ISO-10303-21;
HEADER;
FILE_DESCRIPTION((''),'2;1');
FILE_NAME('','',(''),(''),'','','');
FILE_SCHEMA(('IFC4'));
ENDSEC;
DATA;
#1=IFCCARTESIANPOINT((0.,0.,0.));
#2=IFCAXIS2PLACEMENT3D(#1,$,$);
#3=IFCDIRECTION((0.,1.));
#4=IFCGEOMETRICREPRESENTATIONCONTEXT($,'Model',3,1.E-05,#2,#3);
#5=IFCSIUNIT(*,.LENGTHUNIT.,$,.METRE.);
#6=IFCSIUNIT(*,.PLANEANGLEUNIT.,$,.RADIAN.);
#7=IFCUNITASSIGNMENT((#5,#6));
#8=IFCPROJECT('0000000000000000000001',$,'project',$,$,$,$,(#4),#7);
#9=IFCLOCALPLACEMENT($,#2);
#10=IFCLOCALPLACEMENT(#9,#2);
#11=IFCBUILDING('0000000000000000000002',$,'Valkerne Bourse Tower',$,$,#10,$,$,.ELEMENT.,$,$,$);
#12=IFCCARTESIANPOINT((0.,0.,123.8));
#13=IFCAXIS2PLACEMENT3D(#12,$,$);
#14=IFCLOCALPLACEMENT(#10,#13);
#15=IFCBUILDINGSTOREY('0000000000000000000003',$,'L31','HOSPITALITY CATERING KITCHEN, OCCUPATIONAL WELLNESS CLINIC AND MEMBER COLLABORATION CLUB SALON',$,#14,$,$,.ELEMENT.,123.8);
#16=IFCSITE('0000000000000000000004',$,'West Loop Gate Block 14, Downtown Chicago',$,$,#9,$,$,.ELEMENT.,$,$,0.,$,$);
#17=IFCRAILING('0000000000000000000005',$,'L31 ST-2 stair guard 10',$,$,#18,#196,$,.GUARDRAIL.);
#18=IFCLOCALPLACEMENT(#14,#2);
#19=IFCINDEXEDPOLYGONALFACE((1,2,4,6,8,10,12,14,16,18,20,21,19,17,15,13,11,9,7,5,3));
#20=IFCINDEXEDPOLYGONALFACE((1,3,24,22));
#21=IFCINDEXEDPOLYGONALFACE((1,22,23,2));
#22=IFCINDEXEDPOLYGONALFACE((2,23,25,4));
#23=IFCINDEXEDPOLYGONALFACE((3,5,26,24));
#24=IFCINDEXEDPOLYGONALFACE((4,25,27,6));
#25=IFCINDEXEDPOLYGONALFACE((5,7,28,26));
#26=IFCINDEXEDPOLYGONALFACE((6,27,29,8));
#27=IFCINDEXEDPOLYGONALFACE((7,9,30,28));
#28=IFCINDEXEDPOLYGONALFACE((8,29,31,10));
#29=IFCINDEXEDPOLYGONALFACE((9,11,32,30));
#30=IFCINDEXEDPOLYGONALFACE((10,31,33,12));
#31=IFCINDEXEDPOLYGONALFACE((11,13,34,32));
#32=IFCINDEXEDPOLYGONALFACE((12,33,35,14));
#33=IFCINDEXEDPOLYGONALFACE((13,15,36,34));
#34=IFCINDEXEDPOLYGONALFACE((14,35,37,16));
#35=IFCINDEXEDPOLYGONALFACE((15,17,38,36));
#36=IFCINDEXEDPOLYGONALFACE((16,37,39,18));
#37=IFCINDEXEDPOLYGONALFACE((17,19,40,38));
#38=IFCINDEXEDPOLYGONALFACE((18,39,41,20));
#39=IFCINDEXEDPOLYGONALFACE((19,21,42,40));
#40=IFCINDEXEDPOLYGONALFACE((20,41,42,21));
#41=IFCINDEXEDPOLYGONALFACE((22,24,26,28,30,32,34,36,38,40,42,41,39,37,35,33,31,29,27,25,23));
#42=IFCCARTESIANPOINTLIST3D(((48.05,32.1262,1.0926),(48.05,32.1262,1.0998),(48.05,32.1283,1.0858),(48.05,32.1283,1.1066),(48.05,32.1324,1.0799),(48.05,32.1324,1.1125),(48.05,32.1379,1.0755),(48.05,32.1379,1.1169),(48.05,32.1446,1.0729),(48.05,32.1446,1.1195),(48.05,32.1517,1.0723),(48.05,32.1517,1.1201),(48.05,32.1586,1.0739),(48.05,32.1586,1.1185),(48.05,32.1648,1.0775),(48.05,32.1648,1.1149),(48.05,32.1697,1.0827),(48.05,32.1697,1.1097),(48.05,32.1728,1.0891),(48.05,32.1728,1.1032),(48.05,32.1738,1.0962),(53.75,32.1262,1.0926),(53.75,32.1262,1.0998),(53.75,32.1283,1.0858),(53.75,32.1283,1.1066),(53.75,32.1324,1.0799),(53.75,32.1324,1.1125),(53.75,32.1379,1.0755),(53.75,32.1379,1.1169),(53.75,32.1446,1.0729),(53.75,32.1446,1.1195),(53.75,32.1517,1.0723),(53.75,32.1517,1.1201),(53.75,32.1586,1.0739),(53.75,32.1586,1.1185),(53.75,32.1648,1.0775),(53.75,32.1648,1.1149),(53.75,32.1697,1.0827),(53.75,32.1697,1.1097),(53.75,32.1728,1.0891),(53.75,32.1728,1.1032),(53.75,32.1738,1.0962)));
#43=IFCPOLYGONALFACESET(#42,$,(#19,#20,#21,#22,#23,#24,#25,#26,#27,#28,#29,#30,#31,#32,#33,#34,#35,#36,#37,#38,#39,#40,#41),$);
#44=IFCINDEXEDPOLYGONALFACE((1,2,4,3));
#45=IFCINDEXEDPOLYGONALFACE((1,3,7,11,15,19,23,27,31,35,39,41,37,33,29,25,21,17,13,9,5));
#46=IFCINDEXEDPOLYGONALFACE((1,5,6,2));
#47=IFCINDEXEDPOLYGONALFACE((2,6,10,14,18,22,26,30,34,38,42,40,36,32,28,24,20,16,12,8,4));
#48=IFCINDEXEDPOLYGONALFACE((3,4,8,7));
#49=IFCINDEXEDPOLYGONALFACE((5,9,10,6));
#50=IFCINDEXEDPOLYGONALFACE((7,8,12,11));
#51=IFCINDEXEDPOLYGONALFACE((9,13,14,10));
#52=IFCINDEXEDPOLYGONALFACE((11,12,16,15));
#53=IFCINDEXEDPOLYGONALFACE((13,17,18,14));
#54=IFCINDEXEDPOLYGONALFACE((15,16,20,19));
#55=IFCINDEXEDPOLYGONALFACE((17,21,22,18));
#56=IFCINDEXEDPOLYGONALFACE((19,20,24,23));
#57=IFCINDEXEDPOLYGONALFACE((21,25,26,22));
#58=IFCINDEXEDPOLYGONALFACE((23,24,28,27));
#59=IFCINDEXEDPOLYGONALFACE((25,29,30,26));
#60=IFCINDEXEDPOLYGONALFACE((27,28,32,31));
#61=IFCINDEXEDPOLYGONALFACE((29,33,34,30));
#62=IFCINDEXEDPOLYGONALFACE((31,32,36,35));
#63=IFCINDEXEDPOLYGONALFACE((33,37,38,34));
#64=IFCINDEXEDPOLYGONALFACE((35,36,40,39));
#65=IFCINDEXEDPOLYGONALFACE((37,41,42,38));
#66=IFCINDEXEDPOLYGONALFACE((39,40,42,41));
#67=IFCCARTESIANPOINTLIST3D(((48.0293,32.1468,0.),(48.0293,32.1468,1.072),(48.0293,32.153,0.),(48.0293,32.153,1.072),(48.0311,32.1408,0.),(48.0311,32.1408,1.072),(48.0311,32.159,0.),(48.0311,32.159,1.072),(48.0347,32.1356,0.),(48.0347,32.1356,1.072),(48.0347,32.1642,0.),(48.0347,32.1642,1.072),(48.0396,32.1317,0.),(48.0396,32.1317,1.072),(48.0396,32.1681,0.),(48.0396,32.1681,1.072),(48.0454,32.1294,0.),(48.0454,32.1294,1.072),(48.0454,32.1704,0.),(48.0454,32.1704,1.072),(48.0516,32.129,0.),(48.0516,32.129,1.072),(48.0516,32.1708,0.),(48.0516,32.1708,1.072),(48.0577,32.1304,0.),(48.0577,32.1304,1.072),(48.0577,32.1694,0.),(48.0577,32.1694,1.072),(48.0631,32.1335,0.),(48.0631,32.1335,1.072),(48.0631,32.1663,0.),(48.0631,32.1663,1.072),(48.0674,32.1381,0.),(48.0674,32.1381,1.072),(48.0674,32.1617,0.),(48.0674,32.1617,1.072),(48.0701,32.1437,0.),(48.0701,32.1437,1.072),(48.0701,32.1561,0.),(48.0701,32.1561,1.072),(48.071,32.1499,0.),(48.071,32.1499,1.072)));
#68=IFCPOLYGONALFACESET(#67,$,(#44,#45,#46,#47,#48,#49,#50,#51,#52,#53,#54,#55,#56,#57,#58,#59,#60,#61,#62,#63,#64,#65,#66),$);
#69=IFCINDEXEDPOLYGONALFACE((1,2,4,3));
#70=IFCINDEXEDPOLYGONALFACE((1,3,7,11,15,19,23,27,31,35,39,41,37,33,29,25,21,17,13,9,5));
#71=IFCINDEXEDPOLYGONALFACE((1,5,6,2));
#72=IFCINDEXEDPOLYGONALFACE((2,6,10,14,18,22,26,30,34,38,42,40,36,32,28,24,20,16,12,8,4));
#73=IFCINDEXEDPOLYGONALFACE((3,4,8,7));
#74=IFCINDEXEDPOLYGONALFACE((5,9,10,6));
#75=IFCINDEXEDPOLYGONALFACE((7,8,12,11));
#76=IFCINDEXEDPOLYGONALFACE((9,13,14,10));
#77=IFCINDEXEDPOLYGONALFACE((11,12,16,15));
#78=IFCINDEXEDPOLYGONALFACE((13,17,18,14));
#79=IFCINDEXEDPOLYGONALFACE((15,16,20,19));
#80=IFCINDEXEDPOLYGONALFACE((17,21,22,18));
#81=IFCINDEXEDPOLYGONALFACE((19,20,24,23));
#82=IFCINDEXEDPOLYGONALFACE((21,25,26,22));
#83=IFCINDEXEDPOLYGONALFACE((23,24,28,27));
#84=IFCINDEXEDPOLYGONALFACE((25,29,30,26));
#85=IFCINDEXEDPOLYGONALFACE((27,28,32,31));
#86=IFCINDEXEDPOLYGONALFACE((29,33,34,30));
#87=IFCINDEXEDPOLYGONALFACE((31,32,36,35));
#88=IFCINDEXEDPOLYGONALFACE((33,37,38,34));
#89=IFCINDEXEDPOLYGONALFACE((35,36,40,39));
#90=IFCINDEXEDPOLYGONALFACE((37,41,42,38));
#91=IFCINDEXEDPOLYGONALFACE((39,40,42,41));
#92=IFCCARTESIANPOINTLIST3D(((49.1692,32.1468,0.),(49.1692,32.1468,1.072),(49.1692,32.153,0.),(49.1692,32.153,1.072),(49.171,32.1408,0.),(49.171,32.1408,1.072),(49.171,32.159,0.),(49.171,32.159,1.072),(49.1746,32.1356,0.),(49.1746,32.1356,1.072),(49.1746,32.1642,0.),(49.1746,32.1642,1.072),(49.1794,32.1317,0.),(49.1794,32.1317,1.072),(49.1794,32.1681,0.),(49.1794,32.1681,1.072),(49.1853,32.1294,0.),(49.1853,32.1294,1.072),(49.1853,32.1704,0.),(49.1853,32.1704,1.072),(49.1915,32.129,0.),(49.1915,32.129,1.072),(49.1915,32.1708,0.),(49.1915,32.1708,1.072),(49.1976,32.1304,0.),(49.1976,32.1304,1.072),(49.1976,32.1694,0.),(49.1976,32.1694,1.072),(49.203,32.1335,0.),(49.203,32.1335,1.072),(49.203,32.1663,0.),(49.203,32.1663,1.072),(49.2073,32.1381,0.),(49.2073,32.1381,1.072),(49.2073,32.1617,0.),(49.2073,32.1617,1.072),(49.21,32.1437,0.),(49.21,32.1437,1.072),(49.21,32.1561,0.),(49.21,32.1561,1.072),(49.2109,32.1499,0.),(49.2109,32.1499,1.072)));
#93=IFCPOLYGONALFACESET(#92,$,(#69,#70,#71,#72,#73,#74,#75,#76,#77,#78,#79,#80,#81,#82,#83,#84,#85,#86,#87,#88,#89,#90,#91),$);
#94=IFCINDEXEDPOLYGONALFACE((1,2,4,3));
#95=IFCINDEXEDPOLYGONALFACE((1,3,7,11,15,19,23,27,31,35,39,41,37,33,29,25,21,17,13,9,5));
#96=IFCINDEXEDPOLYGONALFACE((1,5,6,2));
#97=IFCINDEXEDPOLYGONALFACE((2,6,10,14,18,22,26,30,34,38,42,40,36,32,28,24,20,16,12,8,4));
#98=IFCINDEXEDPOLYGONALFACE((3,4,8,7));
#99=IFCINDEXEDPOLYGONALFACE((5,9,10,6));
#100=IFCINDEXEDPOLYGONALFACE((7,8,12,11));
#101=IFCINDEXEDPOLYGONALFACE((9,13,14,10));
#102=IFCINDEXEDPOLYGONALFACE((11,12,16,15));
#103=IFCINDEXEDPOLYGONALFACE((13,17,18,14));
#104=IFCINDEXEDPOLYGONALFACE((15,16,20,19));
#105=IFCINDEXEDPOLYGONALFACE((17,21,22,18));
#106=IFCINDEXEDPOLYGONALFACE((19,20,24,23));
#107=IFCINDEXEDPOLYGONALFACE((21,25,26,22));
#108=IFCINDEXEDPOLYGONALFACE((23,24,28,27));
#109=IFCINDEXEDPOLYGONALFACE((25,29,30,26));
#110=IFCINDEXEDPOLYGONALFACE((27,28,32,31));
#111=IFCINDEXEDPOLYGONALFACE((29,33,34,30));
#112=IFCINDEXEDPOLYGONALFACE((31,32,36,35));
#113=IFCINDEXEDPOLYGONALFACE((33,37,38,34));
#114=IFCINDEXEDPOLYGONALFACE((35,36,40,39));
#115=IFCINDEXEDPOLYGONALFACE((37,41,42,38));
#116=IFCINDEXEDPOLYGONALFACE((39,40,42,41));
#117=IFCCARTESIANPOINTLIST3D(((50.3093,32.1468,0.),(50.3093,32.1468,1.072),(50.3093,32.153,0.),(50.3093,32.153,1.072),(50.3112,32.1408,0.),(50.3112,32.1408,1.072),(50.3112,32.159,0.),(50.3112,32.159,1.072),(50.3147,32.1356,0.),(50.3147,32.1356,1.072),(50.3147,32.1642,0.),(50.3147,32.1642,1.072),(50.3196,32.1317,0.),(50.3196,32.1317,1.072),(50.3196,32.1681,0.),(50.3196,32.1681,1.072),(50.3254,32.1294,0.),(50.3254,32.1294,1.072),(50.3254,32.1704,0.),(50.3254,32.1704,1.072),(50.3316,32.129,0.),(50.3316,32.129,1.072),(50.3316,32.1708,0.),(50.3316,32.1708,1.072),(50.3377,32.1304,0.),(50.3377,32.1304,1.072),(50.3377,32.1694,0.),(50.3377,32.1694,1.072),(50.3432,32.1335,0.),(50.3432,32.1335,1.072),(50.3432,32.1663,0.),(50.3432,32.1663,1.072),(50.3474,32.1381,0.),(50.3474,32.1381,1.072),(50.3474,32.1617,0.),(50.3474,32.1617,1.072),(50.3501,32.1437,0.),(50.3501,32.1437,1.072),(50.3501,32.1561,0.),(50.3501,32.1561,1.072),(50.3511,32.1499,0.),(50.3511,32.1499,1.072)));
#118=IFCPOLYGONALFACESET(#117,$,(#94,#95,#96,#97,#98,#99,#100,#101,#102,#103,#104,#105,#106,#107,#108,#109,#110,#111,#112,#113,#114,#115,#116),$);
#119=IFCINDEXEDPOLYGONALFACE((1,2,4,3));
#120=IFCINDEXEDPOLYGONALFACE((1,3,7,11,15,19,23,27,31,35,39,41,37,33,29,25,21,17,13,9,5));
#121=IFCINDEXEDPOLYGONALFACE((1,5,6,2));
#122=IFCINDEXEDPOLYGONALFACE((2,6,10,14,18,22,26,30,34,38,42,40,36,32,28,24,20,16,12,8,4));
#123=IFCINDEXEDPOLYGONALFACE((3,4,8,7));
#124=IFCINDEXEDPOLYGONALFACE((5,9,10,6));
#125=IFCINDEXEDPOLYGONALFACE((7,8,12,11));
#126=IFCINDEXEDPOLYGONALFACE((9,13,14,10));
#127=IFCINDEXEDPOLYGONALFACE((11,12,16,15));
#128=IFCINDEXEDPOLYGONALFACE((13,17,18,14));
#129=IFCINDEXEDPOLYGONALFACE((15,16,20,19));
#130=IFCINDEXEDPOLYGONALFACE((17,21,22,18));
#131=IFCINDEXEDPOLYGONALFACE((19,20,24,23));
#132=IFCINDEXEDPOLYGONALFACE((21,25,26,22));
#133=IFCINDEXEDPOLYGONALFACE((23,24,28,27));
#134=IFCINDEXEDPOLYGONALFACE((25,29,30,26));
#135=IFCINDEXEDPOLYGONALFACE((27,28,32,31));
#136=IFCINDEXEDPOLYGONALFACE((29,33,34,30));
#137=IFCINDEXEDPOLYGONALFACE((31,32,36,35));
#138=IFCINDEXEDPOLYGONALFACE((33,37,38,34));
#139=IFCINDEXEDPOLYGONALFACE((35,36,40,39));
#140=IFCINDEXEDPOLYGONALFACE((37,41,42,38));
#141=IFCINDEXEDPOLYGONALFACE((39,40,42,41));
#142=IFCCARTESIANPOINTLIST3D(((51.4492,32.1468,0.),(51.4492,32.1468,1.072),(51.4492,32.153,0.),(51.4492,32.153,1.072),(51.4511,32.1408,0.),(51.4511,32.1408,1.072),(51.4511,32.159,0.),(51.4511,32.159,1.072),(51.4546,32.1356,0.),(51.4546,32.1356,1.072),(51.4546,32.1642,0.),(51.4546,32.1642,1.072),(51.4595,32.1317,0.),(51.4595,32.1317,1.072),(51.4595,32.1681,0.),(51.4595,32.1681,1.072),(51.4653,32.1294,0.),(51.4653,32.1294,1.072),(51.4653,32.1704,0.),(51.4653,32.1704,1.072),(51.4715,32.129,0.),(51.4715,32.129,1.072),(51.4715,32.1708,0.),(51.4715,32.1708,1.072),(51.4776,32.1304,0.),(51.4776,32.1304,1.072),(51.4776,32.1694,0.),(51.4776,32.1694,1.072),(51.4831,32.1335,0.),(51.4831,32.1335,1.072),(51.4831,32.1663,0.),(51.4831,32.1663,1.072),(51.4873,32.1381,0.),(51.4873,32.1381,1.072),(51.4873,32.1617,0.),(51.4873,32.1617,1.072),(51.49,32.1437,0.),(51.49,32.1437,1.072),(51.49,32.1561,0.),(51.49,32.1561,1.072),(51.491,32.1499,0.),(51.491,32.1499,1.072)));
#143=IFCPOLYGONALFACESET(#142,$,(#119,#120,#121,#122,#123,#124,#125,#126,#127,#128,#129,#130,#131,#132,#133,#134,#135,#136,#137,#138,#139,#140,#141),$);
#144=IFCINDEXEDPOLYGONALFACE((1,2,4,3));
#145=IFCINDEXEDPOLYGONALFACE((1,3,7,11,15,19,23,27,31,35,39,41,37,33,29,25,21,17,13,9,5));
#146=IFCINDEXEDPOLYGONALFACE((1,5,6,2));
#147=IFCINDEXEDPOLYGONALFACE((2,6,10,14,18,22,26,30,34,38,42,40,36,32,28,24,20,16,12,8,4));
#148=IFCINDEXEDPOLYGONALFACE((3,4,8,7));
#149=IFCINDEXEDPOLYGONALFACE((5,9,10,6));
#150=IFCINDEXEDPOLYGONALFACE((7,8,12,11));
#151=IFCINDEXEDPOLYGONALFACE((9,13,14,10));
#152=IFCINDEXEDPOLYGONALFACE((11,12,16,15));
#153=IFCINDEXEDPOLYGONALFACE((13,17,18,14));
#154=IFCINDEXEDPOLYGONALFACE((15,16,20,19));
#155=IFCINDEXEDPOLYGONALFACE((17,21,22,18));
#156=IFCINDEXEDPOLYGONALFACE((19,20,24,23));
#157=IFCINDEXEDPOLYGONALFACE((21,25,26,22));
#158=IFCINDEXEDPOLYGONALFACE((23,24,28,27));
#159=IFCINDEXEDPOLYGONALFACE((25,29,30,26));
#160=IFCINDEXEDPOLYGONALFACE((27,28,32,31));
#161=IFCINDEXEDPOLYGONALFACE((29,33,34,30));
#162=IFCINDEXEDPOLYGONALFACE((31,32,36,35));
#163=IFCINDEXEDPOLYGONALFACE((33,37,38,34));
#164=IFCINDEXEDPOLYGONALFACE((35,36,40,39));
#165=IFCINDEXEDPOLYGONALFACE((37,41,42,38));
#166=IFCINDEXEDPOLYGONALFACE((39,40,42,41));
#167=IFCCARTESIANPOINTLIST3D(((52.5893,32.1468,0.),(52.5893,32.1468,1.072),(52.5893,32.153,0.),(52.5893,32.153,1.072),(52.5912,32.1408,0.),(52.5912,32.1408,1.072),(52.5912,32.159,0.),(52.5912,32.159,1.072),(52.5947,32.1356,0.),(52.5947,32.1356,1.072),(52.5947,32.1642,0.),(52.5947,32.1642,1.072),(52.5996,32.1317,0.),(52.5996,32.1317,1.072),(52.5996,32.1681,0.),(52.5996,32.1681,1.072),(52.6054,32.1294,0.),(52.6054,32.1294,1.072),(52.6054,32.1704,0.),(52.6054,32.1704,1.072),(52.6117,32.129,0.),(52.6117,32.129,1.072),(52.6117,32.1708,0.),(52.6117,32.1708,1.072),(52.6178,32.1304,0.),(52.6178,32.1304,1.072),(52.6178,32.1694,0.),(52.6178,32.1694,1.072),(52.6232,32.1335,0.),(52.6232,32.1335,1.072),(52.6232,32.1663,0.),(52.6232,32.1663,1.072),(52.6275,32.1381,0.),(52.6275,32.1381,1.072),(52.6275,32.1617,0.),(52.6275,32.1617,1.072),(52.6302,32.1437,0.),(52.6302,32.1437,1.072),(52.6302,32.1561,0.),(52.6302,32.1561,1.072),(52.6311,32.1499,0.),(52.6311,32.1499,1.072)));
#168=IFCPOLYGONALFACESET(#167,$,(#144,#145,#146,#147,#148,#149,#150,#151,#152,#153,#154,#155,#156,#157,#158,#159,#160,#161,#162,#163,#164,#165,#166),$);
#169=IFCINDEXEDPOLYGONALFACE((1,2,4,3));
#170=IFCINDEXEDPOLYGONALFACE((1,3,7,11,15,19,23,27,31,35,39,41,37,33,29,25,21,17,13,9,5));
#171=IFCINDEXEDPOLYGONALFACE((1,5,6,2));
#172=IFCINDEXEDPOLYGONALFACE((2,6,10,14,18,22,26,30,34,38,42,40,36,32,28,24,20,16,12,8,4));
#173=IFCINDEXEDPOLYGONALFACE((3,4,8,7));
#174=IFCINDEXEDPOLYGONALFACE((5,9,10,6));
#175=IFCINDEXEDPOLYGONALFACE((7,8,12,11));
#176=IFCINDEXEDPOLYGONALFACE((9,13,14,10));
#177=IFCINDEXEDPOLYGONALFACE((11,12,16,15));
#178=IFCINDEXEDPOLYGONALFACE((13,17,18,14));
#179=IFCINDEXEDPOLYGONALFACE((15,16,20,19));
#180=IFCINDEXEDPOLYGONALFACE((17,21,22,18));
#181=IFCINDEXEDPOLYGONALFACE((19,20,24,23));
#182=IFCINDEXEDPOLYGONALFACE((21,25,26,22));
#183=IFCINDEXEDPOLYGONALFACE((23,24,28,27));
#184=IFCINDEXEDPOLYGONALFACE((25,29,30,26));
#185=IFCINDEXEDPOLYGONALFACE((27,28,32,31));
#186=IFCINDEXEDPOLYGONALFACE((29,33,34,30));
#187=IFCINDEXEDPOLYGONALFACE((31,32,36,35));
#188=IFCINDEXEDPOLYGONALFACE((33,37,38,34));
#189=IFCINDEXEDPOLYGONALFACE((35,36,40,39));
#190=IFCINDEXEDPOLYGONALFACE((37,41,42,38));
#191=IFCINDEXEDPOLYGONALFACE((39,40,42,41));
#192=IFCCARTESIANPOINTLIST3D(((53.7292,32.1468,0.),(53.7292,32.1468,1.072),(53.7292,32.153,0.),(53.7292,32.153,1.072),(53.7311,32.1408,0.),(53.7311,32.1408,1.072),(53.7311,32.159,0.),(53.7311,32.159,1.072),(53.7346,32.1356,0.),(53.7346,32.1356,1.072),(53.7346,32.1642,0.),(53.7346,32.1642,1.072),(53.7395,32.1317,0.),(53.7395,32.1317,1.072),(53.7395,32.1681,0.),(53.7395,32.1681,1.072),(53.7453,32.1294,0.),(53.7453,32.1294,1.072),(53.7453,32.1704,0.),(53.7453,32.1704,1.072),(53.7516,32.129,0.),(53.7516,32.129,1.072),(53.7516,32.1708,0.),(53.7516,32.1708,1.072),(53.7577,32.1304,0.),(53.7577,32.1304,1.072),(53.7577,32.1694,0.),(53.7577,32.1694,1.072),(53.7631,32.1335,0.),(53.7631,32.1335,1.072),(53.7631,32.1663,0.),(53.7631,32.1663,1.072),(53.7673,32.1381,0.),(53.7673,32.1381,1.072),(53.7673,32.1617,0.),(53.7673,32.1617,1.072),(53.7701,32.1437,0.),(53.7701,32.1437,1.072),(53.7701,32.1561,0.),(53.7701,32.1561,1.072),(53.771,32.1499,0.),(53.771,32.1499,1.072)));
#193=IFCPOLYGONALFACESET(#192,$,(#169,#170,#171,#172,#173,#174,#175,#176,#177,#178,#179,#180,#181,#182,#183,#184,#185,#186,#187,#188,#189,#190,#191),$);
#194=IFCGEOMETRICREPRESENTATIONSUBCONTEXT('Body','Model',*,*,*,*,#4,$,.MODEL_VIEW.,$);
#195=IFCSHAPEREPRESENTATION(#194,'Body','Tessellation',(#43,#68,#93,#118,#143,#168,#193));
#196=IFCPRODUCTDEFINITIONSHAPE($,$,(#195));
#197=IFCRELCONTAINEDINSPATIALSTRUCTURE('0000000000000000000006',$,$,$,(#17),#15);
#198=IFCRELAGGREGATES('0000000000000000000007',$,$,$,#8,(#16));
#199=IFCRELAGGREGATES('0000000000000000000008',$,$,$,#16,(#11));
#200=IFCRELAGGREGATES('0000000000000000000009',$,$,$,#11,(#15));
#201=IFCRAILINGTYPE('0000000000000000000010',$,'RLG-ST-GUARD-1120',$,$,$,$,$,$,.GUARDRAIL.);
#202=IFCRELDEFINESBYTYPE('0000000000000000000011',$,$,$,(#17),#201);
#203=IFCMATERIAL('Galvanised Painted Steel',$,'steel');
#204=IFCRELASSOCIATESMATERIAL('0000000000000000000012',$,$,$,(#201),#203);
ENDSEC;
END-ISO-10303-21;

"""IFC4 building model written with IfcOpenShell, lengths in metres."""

from ifc_helpers import new_model, si_unit, direction, frame, origin, origin_2d, place, context, subcontext, project, spatial, circle, extrude, material, type_object, element, save


model = new_model("IFC4")

# Units and contexts
model_context = context("Model", 3, precision=1e-05, world=origin(), true_north=direction((0.0, 1.0)))
body_context = subcontext(model_context, "Body", "Model", "MODEL_VIEW")
ifc_project = project(units=[si_unit("LENGTHUNIT", "METRE"), si_unit("PLANEANGLEUNIT", "RADIAN")], contexts=[model_context])

# Site, building, storey
site_placement = place(None, origin())
site = spatial("IfcSite", under=ifc_project, at=site_placement, Name="West Loop Gate Block 14, Downtown Chicago", CompositionType="ELEMENT", RefElevation=0.0)
building_placement = place(site_placement, origin())
building = spatial("IfcBuilding", under=site, at=building_placement, Name="Valkerne Bourse Tower", CompositionType="ELEMENT")
storey_placement = place(building_placement, frame((0.0, 0.0, 123.8)))
storey = spatial("IfcBuildingStorey", under=building, at=storey_placement, Name="L31", Description="HOSPITALITY CATERING KITCHEN, OCCUPATIONAL WELLNESS CLINIC AND MEMBER COLLABORATION CLUB SALON", CompositionType="ELEMENT", Elevation=123.8)

# Shared definitions
ifc_material_1 = material(Name="Galvanised Painted Steel", Category="steel")

# Railing
railing_type_1 = type_object("IfcRailingType", Name="RLG-ST-GUARD-1120", PredefinedType="GUARDRAIL", material=ifc_material_1)
for number, where, name in (
    (1, (48.05, 32.1499, 0.0), "L31 ST-2 stair guard 10"),
):
    element("IfcRailing", number, at=place(storey_placement, frame(where)), inside=storey, type_object=railing_type_1, Name=name, PredefinedType="GUARDRAIL", context=body_context, shape_type="SweptSolid", body=[
        extrude(circle(Radius=0.0239, at=origin_2d()), frame((0.0, 0.0, 1.0962), z_axis=(1.0, 0.0, 0.0), x_axis=(0.0, 1.0, 0.0)), (0.0, 0.0, 1.0), 5.7),
        extrude(circle(Radius=0.021, at=origin_2d()), origin(), (0.0, 0.0, 1.0), 1.072),
        extrude(circle(Radius=0.021, at=origin_2d()), frame((1.1399, 0.0, 0.0)), (0.0, 0.0, 1.0), 1.072),
        extrude(circle(Radius=0.021, at=origin_2d()), frame((2.28, 0.0, 0.0)), (0.0, 0.0, 1.0), 1.072),
        extrude(circle(Radius=0.021, at=origin_2d()), frame((3.4199, 0.0, 0.0)), (0.0, 0.0, 1.0), 1.072),
        extrude(circle(Radius=0.021, at=origin_2d()), frame((4.5601, 0.0, 0.0)), (0.0, 0.0, 1.0), 1.072),
        extrude(circle(Radius=0.021, at=origin_2d()), frame((5.7, 0.0, 0.0)), (0.0, 0.0, 1.0), 1.072),
    ])

save(model, "model.ifc")
